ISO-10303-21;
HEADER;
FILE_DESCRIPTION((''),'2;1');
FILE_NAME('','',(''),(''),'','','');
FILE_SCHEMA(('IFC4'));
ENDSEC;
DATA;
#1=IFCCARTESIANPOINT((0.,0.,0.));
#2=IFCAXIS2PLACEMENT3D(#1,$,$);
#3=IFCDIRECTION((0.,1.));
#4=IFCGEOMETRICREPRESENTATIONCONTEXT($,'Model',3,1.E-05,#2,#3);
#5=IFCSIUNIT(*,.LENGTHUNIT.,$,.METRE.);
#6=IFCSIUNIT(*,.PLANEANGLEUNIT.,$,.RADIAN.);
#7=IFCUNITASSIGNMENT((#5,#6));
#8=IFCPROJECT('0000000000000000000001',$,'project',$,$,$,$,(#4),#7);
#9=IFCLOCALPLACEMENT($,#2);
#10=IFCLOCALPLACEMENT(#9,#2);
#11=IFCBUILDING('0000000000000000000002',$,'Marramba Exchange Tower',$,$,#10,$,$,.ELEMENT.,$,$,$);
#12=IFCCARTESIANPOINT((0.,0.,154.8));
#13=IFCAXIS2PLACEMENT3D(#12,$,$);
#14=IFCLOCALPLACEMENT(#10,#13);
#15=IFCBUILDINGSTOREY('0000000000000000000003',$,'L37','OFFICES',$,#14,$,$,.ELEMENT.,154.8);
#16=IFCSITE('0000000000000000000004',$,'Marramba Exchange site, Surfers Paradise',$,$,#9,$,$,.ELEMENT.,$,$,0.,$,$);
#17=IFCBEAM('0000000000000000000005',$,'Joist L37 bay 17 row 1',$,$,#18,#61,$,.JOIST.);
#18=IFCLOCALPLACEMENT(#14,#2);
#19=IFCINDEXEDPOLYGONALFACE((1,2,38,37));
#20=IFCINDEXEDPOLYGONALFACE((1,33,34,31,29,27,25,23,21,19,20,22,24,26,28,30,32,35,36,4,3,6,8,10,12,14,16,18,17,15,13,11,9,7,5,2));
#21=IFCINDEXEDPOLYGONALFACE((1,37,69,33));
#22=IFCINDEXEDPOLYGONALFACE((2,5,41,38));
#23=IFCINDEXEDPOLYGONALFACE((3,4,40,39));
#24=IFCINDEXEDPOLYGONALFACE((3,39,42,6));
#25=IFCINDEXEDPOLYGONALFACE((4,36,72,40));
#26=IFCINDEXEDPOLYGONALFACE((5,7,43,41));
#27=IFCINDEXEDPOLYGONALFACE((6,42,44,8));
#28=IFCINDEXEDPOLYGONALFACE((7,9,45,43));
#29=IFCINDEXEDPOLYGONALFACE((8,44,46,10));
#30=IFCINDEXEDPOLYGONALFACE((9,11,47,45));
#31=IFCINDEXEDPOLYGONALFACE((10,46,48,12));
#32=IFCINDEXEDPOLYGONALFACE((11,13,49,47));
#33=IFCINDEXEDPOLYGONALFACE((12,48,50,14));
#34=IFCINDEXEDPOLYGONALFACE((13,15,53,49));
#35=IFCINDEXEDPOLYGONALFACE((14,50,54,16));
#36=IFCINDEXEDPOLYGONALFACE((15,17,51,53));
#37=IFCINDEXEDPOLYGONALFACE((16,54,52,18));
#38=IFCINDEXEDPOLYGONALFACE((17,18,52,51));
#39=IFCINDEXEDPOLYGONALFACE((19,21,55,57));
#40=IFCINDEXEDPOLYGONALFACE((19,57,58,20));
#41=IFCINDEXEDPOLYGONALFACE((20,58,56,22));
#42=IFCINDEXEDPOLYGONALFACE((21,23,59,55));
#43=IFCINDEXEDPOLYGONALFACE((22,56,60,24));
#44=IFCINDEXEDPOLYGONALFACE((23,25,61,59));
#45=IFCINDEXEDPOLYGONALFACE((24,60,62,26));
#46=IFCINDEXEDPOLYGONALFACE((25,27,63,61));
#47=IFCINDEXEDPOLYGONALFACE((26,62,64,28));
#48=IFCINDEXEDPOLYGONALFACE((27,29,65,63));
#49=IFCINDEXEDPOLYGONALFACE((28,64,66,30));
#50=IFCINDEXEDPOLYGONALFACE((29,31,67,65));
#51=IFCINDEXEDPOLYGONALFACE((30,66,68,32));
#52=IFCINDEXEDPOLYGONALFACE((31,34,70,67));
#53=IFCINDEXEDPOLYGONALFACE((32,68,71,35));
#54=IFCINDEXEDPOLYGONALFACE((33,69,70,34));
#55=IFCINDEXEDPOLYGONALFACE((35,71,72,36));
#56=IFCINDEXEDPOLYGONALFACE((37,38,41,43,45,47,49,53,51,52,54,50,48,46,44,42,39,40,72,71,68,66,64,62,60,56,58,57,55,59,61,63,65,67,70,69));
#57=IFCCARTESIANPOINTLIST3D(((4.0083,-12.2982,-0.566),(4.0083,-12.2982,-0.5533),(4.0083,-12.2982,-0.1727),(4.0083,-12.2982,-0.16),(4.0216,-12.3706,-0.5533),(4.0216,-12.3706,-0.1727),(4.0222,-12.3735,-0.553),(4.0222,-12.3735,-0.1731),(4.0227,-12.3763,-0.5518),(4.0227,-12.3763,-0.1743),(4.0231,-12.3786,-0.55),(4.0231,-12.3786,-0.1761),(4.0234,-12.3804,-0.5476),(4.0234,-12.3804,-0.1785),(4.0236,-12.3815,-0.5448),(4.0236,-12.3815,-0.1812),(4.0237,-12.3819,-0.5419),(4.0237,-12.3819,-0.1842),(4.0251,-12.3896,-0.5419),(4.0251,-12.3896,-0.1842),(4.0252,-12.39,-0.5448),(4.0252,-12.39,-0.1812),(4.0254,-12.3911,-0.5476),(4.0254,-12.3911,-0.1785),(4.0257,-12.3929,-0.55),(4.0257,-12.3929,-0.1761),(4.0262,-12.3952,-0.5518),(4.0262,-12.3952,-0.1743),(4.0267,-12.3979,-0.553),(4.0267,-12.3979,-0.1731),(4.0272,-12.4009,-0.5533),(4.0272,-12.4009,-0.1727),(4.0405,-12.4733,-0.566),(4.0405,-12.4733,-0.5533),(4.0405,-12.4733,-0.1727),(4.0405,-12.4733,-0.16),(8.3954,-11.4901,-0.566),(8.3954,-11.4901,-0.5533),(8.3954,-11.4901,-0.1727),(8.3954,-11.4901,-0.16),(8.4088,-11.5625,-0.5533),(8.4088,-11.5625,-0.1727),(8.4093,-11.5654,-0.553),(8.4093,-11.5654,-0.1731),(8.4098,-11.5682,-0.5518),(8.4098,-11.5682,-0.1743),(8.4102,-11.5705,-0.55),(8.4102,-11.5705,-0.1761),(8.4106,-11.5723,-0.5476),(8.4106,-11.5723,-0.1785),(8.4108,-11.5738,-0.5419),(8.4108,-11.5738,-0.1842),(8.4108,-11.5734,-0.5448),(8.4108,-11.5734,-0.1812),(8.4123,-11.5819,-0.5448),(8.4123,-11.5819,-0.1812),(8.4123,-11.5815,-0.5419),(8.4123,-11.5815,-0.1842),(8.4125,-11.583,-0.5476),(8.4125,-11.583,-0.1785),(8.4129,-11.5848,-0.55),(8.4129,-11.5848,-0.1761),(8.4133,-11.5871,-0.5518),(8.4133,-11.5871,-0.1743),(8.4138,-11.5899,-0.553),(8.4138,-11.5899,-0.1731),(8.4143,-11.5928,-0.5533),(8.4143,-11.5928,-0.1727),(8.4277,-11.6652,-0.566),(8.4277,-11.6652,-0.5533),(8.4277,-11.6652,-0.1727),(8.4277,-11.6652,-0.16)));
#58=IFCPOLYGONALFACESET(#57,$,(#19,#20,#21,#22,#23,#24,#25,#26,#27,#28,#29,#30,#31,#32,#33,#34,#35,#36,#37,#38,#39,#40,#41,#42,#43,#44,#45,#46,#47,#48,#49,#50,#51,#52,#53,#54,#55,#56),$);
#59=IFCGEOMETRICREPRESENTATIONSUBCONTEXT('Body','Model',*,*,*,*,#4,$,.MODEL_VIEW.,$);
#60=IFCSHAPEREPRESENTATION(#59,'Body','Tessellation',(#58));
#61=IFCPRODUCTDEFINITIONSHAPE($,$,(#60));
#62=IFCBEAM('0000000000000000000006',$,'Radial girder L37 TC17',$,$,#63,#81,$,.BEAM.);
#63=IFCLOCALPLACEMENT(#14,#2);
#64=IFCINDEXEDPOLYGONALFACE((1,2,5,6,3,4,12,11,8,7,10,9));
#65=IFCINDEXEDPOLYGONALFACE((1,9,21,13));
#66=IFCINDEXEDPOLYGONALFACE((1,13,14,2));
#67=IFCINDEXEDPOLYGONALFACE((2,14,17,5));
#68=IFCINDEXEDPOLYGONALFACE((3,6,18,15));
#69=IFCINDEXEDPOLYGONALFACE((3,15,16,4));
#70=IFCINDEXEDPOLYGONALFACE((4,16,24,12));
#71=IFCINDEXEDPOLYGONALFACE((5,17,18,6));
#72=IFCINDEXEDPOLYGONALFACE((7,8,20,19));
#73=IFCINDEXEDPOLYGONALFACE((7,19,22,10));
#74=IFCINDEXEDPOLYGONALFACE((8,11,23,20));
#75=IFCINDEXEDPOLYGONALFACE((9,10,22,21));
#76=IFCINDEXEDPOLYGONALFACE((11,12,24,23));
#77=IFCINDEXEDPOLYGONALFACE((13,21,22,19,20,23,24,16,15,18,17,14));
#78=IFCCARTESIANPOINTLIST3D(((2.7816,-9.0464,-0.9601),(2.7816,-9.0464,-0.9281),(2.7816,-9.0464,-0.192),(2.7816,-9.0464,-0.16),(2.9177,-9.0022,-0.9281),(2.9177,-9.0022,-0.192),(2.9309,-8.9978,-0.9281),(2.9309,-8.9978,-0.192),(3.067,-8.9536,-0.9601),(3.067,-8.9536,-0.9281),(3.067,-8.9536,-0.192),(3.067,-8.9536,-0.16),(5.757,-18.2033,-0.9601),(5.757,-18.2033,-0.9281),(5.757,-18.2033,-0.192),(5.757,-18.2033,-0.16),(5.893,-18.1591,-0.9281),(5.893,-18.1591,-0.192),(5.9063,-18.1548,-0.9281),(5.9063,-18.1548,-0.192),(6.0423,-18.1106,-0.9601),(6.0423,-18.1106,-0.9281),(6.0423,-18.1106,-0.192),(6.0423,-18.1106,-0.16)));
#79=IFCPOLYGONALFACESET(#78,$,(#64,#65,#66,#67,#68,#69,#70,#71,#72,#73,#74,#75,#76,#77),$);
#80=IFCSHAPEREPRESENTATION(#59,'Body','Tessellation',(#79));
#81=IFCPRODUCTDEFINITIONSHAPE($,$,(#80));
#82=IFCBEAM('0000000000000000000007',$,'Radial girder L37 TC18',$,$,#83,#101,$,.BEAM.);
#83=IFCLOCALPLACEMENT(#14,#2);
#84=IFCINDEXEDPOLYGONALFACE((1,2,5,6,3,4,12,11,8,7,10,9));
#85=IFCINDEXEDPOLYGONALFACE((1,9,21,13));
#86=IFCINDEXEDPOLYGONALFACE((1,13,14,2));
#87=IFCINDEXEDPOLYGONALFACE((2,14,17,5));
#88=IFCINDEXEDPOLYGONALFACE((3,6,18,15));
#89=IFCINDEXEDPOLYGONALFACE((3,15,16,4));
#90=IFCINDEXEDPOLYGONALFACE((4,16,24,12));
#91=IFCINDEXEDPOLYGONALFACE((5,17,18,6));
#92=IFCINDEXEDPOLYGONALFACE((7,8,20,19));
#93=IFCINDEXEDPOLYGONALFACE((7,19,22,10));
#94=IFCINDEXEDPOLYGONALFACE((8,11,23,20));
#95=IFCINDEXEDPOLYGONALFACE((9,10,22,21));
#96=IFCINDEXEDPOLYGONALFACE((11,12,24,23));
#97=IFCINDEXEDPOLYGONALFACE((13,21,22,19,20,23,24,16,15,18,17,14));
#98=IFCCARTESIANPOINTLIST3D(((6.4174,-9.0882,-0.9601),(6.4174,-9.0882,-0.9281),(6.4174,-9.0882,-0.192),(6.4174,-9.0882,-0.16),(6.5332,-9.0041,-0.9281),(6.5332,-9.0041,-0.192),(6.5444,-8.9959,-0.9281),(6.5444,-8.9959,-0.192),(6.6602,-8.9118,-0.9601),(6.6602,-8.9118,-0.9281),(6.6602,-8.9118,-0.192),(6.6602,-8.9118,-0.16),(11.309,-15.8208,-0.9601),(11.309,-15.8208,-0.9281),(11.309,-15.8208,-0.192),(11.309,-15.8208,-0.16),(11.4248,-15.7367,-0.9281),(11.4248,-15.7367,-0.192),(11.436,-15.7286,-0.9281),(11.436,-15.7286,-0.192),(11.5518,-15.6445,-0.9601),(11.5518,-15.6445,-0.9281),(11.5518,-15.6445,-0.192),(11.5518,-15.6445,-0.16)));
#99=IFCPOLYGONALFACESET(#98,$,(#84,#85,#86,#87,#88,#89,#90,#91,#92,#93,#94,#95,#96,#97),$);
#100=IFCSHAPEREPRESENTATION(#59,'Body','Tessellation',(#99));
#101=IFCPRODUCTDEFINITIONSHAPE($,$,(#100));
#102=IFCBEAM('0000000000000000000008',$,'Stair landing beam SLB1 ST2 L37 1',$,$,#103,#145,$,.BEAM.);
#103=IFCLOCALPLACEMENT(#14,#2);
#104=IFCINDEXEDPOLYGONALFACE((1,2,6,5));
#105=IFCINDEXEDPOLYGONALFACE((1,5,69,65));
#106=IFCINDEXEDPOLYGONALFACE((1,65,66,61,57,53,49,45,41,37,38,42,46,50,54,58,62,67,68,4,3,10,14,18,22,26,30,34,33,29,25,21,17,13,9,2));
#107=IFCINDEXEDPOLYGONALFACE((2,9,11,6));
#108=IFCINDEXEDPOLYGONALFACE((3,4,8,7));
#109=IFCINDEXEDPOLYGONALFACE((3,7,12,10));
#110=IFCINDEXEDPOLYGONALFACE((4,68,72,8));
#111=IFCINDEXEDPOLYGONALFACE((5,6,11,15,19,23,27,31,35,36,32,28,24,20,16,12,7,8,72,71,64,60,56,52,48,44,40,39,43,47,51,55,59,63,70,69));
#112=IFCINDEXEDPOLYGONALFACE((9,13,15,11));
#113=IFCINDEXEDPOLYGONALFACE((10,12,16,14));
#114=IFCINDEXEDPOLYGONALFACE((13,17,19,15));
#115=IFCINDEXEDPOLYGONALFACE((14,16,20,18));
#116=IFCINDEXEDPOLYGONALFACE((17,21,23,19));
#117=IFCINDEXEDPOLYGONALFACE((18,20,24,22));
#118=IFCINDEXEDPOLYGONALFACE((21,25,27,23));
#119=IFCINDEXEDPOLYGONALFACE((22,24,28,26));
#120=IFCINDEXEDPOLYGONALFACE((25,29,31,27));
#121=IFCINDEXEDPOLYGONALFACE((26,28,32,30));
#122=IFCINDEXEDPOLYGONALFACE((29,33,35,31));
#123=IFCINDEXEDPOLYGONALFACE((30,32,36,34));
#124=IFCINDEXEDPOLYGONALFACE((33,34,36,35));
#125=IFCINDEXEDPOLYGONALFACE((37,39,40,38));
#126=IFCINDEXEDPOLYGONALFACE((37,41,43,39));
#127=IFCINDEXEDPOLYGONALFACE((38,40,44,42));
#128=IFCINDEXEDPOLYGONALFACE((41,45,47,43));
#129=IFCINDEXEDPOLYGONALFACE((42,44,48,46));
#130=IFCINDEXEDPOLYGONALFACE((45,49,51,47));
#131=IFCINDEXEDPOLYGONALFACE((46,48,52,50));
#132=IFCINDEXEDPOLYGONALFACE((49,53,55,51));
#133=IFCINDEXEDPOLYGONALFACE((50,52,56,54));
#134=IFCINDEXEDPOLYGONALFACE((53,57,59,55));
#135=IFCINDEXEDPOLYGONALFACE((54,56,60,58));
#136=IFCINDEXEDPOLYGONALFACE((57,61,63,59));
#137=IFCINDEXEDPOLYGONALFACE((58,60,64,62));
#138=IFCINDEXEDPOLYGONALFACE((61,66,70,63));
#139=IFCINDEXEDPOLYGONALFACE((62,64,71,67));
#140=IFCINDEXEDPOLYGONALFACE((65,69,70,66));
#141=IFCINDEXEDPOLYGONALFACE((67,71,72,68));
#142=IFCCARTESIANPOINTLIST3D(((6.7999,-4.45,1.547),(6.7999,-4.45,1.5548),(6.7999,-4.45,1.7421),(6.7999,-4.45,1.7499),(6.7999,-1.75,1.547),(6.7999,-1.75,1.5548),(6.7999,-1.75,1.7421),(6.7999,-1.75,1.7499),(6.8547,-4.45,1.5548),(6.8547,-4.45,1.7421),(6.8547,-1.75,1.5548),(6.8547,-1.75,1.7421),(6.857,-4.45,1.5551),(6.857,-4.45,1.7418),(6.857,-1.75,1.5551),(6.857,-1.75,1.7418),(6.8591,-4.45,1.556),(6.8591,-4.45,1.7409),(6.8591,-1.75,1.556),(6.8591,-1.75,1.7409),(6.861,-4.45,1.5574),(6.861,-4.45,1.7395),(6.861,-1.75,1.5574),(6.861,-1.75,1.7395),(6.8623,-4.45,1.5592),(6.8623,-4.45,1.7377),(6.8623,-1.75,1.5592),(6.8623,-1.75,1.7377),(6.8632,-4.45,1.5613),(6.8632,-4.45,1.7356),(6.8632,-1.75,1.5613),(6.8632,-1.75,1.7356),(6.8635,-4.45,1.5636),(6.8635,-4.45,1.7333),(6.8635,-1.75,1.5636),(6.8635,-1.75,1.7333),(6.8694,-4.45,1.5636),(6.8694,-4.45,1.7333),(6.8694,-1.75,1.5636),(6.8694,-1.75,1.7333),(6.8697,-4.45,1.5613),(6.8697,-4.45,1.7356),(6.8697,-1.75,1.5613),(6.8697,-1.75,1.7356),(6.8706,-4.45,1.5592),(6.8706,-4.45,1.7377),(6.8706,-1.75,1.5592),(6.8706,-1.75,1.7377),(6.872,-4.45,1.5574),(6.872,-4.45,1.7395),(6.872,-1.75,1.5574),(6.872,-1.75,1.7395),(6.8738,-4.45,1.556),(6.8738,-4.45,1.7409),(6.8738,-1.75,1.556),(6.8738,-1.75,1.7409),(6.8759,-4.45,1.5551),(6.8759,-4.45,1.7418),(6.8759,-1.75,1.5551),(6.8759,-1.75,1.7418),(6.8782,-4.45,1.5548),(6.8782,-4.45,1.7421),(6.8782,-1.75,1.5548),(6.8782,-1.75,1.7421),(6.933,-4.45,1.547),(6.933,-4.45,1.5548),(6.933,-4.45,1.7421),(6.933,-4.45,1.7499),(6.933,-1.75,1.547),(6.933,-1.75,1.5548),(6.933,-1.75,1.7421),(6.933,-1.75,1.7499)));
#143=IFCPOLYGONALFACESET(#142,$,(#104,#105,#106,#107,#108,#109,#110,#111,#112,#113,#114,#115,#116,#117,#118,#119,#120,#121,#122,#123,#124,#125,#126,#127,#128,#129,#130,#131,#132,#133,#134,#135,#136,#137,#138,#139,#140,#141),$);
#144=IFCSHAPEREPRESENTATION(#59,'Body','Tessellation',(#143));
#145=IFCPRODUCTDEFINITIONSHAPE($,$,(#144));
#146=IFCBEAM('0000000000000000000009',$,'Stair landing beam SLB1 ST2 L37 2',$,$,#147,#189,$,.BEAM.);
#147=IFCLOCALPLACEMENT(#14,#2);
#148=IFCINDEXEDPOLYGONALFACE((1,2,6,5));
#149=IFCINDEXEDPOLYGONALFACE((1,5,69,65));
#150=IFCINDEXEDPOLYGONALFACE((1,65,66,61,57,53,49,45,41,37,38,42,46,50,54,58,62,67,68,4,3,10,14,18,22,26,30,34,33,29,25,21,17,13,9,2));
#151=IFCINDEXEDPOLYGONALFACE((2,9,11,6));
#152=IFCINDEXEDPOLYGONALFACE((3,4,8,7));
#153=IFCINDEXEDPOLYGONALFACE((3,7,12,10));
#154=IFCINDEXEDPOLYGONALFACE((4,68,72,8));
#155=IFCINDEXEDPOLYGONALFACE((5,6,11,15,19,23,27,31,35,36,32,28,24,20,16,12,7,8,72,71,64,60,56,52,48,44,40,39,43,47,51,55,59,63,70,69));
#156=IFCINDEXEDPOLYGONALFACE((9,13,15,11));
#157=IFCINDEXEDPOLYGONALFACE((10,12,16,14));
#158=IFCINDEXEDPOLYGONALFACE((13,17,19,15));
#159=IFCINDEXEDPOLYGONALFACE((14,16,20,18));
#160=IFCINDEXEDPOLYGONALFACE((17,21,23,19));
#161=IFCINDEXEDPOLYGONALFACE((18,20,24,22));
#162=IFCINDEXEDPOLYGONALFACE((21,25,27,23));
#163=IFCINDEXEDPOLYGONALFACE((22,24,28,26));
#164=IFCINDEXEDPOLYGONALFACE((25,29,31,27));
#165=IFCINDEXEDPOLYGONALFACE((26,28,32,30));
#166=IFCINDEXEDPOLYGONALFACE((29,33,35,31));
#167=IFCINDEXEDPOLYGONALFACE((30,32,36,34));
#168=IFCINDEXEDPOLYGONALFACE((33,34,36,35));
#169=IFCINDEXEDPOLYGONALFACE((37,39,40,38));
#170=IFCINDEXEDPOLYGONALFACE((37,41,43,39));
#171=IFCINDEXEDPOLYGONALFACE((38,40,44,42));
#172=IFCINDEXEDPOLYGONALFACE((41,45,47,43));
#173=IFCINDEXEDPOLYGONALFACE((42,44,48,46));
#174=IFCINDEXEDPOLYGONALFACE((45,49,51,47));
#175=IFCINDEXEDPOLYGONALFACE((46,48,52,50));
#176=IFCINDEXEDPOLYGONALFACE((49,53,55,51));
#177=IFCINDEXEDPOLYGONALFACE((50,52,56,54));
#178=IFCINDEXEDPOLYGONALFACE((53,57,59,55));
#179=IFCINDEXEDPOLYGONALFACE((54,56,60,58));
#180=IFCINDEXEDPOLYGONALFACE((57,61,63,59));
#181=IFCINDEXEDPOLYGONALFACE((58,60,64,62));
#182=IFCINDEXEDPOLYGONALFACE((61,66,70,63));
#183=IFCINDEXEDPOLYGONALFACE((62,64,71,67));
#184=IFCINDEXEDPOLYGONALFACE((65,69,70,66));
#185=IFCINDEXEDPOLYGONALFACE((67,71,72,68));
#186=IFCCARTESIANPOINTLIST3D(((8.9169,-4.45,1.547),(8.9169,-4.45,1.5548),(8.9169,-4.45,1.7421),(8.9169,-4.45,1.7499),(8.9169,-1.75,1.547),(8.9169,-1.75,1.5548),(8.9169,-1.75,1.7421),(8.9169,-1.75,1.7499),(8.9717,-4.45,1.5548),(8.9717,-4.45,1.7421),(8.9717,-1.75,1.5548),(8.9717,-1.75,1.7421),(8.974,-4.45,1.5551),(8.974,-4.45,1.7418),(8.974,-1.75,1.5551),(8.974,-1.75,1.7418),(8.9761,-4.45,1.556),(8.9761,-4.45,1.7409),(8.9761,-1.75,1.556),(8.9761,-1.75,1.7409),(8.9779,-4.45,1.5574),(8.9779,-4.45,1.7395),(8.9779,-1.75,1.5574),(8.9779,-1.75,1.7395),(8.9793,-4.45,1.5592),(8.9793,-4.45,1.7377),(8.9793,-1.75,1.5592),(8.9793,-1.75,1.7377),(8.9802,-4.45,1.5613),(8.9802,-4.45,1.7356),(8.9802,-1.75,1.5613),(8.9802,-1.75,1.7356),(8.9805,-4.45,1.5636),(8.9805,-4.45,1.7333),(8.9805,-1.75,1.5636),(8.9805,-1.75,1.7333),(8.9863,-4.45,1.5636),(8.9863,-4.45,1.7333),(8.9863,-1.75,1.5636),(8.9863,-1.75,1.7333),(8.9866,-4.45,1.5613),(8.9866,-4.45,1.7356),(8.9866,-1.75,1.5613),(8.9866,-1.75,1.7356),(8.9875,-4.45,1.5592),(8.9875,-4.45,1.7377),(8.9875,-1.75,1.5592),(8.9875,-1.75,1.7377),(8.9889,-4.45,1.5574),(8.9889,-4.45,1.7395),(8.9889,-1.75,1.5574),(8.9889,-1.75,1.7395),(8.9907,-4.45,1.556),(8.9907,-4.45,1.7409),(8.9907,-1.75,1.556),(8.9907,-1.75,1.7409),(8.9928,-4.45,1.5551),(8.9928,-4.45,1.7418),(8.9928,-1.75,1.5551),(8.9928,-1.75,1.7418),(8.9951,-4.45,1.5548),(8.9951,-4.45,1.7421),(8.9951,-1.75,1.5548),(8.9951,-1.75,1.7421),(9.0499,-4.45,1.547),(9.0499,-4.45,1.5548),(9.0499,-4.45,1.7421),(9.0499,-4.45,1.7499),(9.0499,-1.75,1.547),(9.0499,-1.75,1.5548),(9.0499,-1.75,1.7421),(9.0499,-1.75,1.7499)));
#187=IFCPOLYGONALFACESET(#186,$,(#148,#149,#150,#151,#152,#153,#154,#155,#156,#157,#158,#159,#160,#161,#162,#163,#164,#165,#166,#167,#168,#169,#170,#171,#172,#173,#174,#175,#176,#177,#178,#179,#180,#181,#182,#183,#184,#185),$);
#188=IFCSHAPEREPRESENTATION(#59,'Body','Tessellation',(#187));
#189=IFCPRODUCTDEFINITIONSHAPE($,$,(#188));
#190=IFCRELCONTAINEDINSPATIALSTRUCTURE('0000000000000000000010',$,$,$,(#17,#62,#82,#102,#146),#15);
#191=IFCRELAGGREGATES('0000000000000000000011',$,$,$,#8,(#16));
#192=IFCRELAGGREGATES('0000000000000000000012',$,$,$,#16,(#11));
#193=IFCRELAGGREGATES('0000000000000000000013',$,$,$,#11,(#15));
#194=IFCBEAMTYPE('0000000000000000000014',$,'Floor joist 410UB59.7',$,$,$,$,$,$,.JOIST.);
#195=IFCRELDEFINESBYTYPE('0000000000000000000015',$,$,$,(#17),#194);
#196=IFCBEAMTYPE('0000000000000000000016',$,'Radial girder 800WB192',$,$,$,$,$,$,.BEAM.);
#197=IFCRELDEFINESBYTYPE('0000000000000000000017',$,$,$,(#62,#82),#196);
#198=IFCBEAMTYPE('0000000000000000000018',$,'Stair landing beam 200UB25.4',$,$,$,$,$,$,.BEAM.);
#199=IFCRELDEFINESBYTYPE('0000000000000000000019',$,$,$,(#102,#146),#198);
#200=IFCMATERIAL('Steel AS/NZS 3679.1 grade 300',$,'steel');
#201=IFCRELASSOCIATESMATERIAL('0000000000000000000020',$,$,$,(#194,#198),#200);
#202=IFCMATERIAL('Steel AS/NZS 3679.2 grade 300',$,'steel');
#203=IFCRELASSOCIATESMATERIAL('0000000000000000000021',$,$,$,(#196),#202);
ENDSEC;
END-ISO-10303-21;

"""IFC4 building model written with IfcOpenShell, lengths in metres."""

from ifc_helpers import new_model, si_unit, direction, frame, origin, origin_2d, place, context, subcontext, project, spatial, i_section, extrude, material, material_profile, profile_set, type_object, element, save


model = new_model("IFC4")

# Units and contexts
model_context = context("Model", 3, precision=1e-05, world=origin(), true_north=direction((0.0, 1.0)))
body_context = subcontext(model_context, "Body", "Model", "MODEL_VIEW")
ifc_project = project(units=[si_unit("LENGTHUNIT", "METRE"), si_unit("PLANEANGLEUNIT", "RADIAN")], contexts=[model_context])

# Site, building, storey
site_placement = place(None, origin())
site = spatial("IfcSite", under=ifc_project, at=site_placement, Name="Marramba Exchange site, Surfers Paradise", CompositionType="ELEMENT", RefElevation=0.0)
building_placement = place(site_placement, origin())
building = spatial("IfcBuilding", under=site, at=building_placement, Name="Marramba Exchange Tower", CompositionType="ELEMENT")
storey_placement = place(building_placement, frame((0.0, 0.0, 154.8)))
storey = spatial("IfcBuildingStorey", under=building, at=storey_placement, Name="L37", Description="OFFICES", CompositionType="ELEMENT", Elevation=154.8)

# Beams
ifc_material_1 = material(Name="Steel AS/NZS 3679.1 grade 300", Category="steel")
ifc_material_profile_1 = material_profile(ifc_material_1, i_section(OverallWidth=0.178, OverallDepth=0.406, WebThickness=0.0078, FlangeThickness=0.0127, FilletRadius=0.0115, at=origin_2d()), Name="410UB59.7")
ifc_profile_set_1 = profile_set([ifc_material_profile_1], Name="Steel AS/NZS 3679.1 grade 300")
beam_type_1 = type_object("IfcBeamType", Name="Floor joist 410UB59.7", PredefinedType="JOIST", material=ifc_profile_set_1)
beam_1_placement = place(storey_placement, frame((4.0244, -12.3857, -0.363), z_axis=(0.983456, 0.181149, 0.0), x_axis=(-0.181149, 0.983456, 0.0)))
element("IfcBeam", 1, at=beam_1_placement, inside=storey, type_object=beam_type_1, Name="Joist L37 bay 17 row 1", PredefinedType="JOIST", context=body_context, shape_type="SweptSolid", body=[
    extrude(i_section(OverallWidth=0.178, OverallDepth=0.406, WebThickness=0.0078, FlangeThickness=0.0127, FilletRadius=0.0115, at=origin_2d()), origin(), (0.0, 0.0, 1.0), 4.4609),
])
ifc_material_2 = material(Name="Steel AS/NZS 3679.2 grade 300", Category="steel")
ifc_material_profile_2 = material_profile(ifc_material_2, i_section(OverallWidth=0.3, OverallDepth=0.8, WebThickness=0.0139, FlangeThickness=0.032, at=origin_2d()), Name="800WB192")
ifc_profile_set_2 = profile_set([ifc_material_profile_2], Name="Steel AS/NZS 3679.2 grade 300")
beam_type_2 = type_object("IfcBeamType", Name="Radial girder 800WB192", PredefinedType="BEAM", material=ifc_profile_set_2)
beam_2_placement = place(storey_placement, frame((2.9243, -9.0, -0.5601), z_axis=(0.309022, -0.951055, 0.0), x_axis=(0.951055, 0.309022, 0.0)))
element("IfcBeam", 2, at=beam_2_placement, inside=storey, type_object=beam_type_2, Name="Radial girder L37 TC17", PredefinedType="BEAM", context=body_context, shape_type="SweptSolid", body=[
    extrude(i_section(OverallWidth=0.3, OverallDepth=0.8, WebThickness=0.0139, FlangeThickness=0.032, at=origin_2d()), origin(), (0.0, 0.0, 1.0), 9.6282),
])
beam_3_placement = place(storey_placement, frame((6.5388, -9.0, -0.5601), z_axis=(0.587788, -0.809015, 0.0), x_axis=(0.809015, 0.587788, 0.0)))
element("IfcBeam", 3, at=beam_3_placement, inside=storey, type_object=beam_type_2, Name="Radial girder L37 TC18", PredefinedType="BEAM", context=body_context, shape_type="SweptSolid", body=[
    extrude(i_section(OverallWidth=0.3, OverallDepth=0.8, WebThickness=0.0139, FlangeThickness=0.032, at=origin_2d()), origin(), (0.0, 0.0, 1.0), 8.322),
])
ifc_material_profile_3 = material_profile(ifc_material_1, i_section(OverallWidth=0.1331, OverallDepth=0.2029, WebThickness=0.0059, FlangeThickness=0.0078, FilletRadius=0.0088, at=origin_2d()), Name="200UB25.4")
ifc_profile_set_3 = profile_set([ifc_material_profile_3], Name="Steel AS/NZS 3679.1 grade 300")
beam_type_3 = type_object("IfcBeamType", Name="Stair landing beam 200UB25.4", PredefinedType="BEAM", material=ifc_profile_set_3)
for number, where, z_axis, x_axis, name in (
    (4, (6.8665, -4.45, 1.6484), (0.0, 1.0, 0.0), (-1.0, 0.0, 0.0), "Stair landing beam SLB1 ST2 L37 1"),
    (5, (8.9834, -4.45, 1.6484), (0.0, 1.0, 0.0), (-1.0, 0.0, 0.0), "Stair landing beam SLB1 ST2 L37 2"),
):
    element("IfcBeam", number, at=place(storey_placement, frame(where, z_axis=z_axis, x_axis=x_axis)), inside=storey, type_object=beam_type_3, Name=name, PredefinedType="BEAM", context=body_context, shape_type="SweptSolid", body=[
        extrude(i_section(OverallWidth=0.1331, OverallDepth=0.2029, WebThickness=0.0059, FlangeThickness=0.0078, FilletRadius=0.0088, at=origin_2d()), origin(), (0.0, 0.0, 1.0), 2.7),
    ])

save(model, "model.ifc")
